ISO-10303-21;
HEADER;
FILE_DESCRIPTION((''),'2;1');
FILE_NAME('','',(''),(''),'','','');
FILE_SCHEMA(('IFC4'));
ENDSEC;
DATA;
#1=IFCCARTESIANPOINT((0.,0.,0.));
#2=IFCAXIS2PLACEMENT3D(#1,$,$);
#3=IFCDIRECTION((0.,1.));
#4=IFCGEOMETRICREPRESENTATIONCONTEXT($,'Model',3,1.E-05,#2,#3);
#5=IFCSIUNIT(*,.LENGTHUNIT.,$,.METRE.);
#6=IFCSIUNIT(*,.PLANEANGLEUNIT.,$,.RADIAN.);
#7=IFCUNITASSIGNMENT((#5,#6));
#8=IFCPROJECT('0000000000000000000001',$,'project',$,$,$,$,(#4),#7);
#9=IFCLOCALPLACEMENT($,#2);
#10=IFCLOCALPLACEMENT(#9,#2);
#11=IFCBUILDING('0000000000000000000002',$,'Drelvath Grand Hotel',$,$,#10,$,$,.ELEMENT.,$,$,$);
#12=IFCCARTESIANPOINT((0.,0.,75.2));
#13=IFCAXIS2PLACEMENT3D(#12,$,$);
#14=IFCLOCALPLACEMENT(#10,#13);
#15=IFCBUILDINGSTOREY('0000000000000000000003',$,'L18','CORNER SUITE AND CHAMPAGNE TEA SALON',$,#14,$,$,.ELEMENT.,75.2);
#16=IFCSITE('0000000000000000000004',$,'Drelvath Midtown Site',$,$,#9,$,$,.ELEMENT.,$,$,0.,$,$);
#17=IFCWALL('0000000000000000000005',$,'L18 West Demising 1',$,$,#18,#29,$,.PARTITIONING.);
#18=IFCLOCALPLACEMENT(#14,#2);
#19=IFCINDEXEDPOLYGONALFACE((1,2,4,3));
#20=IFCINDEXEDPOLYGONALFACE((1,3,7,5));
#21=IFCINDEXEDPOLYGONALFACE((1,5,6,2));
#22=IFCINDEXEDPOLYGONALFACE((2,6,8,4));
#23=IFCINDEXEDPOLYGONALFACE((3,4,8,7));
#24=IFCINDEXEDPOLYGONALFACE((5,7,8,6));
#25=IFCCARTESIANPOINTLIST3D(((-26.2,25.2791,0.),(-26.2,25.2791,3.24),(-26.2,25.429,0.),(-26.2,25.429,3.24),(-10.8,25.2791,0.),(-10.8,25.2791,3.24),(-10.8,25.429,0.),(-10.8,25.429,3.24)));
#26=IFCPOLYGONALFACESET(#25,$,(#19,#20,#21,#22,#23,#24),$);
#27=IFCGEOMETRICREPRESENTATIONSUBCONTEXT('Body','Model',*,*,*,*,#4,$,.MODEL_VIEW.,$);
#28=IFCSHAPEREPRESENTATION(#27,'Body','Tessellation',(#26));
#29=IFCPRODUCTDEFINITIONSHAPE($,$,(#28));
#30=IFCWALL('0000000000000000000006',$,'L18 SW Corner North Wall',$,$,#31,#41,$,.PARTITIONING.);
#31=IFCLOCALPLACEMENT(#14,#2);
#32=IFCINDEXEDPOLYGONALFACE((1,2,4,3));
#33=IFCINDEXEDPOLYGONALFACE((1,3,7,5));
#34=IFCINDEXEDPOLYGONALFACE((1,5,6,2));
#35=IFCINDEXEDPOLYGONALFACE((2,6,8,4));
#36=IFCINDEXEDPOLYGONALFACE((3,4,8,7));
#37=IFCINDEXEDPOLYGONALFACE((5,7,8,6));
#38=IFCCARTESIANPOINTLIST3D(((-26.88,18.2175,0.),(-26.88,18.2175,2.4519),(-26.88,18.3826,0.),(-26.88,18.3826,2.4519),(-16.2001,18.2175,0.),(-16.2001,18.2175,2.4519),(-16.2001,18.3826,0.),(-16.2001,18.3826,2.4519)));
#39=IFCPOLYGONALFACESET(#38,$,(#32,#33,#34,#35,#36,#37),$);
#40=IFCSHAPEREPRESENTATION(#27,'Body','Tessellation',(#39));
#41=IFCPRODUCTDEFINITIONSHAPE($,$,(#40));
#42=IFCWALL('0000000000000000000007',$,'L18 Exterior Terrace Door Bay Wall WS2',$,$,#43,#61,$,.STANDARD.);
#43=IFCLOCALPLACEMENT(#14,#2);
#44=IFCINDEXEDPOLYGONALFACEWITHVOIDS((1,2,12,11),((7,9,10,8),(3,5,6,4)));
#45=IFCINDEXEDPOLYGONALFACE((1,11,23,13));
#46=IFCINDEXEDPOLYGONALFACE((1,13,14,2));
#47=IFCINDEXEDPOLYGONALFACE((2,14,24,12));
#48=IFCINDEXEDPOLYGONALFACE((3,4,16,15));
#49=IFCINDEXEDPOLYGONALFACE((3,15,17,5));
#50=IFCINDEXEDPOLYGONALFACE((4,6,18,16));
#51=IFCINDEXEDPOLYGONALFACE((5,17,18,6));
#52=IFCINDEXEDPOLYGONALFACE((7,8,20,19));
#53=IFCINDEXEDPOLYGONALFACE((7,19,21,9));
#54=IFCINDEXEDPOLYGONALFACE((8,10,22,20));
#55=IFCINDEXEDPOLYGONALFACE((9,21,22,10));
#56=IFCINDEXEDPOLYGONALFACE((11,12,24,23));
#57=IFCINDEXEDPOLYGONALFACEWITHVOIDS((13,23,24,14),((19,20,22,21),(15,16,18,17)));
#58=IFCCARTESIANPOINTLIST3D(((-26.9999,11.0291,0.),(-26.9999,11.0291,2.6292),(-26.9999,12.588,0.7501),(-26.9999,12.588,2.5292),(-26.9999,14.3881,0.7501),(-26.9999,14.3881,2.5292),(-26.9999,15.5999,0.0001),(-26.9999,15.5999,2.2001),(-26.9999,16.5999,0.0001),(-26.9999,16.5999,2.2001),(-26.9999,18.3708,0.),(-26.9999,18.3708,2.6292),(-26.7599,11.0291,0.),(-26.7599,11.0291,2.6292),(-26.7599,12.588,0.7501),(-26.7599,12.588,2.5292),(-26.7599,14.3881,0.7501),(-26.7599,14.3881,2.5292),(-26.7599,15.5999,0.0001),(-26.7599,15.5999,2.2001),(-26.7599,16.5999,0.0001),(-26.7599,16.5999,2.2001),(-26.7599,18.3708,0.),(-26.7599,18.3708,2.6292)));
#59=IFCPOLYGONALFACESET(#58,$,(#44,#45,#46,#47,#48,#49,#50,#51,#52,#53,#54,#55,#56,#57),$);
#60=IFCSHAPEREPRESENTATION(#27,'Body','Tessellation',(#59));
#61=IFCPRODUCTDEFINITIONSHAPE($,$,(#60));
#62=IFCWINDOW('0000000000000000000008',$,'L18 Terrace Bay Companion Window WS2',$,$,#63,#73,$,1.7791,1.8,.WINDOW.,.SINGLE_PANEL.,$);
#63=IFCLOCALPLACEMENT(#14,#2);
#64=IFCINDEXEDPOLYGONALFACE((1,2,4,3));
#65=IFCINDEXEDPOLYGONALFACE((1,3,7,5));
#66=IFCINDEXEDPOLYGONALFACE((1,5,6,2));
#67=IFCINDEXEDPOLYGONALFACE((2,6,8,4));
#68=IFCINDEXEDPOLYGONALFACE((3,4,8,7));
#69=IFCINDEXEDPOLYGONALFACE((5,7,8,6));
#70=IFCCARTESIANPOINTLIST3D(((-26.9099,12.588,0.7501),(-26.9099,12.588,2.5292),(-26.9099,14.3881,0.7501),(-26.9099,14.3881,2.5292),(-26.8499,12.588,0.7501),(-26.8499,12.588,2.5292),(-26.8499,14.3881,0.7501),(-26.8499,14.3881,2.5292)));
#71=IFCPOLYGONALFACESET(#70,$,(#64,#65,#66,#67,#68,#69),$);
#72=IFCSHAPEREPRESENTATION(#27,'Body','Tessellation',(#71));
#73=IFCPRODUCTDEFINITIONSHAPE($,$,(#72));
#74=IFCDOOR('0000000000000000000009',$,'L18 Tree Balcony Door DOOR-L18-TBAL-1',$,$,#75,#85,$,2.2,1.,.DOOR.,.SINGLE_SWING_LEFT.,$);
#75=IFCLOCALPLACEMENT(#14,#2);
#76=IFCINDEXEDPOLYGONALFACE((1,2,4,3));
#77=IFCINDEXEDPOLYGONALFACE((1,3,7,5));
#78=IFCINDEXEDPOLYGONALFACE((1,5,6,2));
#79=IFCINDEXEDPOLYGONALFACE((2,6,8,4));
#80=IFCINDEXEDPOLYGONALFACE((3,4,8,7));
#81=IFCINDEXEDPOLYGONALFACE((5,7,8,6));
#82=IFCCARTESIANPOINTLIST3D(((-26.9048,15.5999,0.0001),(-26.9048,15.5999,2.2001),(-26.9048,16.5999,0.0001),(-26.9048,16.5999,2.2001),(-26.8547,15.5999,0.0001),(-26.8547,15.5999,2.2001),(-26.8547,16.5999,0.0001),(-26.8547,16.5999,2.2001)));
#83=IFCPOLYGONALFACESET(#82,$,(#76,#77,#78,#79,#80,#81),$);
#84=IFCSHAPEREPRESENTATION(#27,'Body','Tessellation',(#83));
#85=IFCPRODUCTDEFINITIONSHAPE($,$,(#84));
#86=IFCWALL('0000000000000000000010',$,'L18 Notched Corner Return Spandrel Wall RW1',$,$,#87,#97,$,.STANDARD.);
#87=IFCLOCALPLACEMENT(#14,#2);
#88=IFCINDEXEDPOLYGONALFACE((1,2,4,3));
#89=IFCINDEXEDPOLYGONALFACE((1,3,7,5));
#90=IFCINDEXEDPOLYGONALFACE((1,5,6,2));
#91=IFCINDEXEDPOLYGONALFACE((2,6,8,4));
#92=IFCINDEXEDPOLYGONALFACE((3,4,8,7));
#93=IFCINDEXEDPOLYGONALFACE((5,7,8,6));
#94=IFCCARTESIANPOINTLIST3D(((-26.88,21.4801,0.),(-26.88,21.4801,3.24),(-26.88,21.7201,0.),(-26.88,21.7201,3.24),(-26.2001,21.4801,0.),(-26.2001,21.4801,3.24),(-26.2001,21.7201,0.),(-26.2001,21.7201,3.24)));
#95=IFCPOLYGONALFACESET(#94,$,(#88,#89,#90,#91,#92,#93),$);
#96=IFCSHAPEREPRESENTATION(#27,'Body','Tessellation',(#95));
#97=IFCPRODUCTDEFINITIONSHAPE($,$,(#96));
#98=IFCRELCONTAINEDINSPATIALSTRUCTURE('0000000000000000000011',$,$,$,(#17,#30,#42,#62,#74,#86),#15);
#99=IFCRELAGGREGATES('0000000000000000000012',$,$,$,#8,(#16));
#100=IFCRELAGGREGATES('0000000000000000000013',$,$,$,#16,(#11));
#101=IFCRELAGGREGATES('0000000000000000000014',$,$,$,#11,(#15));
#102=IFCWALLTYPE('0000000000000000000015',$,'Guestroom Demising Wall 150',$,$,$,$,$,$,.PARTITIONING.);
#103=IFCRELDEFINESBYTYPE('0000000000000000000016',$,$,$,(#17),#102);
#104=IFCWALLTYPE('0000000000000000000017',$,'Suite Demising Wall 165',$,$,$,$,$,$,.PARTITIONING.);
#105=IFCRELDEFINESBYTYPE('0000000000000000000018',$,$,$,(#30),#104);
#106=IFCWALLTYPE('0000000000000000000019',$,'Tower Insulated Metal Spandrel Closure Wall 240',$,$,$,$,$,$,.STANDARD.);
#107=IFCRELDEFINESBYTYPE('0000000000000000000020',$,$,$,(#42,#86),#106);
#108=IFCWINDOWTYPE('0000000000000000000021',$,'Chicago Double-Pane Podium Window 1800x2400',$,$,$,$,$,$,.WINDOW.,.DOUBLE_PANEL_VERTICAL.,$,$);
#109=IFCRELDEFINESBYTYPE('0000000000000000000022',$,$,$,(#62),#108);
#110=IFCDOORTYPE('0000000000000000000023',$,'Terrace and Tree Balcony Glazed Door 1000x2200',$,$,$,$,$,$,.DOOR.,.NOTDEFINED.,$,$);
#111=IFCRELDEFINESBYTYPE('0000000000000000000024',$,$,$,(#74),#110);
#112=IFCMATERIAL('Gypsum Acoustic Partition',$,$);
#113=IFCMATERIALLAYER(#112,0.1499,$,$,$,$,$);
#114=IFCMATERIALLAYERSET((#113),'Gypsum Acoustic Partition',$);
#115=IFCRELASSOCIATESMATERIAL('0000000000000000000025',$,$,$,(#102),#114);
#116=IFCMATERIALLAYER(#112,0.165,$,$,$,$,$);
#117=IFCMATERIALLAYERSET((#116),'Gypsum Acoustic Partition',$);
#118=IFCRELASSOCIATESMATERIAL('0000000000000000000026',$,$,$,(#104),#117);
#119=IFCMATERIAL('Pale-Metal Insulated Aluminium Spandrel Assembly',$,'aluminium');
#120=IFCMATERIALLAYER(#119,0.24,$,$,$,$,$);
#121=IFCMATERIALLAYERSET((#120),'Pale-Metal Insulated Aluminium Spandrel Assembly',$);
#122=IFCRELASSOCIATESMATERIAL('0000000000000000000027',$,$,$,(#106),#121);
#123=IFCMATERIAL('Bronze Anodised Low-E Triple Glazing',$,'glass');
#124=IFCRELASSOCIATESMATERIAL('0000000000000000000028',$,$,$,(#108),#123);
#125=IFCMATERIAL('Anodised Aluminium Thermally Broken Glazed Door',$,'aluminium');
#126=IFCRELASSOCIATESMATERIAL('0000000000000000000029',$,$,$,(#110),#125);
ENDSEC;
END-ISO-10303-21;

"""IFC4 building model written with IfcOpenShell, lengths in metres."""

from ifc_helpers import new_model, si_unit, direction, frame, frame_2d, origin, place, context, subcontext, project, spatial, rectangle, extrude, material, layer, layer_set, type_object, element, fill, save


model = new_model("IFC4")

# Units and contexts
model_context = context("Model", 3, precision=1e-05, world=origin(), true_north=direction((0.0, 1.0)))
body_context = subcontext(model_context, "Body", "Model", "MODEL_VIEW")
ifc_project = project(units=[si_unit("LENGTHUNIT", "METRE"), si_unit("PLANEANGLEUNIT", "RADIAN")], contexts=[model_context])

# Site, building, storey
site_placement = place(None, origin())
site = spatial("IfcSite", under=ifc_project, at=site_placement, Name="Drelvath Midtown Site", CompositionType="ELEMENT", RefElevation=0.0)
building_placement = place(site_placement, origin())
building = spatial("IfcBuilding", under=site, at=building_placement, Name="Drelvath Grand Hotel", CompositionType="ELEMENT")
storey_placement = place(building_placement, frame((0.0, 0.0, 75.2)))
storey = spatial("IfcBuildingStorey", under=building, at=storey_placement, Name="L18", Description="CORNER SUITE AND CHAMPAGNE TEA SALON", CompositionType="ELEMENT", Elevation=75.2)

# Walls
ifc_material_1 = material(Name="Gypsum Acoustic Partition")
ifc_layer_1 = layer(ifc_material_1, 0.1499)
ifc_layer_set_1 = layer_set([ifc_layer_1], Name="Gypsum Acoustic Partition")
wall_type_1 = type_object("IfcWallType", Name="Guestroom Demising Wall 150", PredefinedType="PARTITIONING", material=ifc_layer_set_1)
wall_1_placement = place(storey_placement, frame((-26.2, 25.354, 0.0), z_axis=(0.0, 0.0, 1.0), x_axis=(1.0, 0.0, 0.0)))
element("IfcWall", 1, at=wall_1_placement, inside=storey, type_object=wall_type_1, Name="L18 West Demising 1", PredefinedType="PARTITIONING", context=body_context, shape_type="SweptSolid", body=[
    extrude(rectangle(XDim=15.3999, YDim=0.1499, at=frame_2d((7.7, 0.0))), origin(), (0.0, 0.0, 1.0), 3.24),
])
ifc_layer_2 = layer(ifc_material_1, 0.165)
ifc_layer_set_2 = layer_set([ifc_layer_2], Name="Gypsum Acoustic Partition")
wall_type_2 = type_object("IfcWallType", Name="Suite Demising Wall 165", PredefinedType="PARTITIONING", material=ifc_layer_set_2)
wall_2_placement = place(storey_placement, frame((-26.8799, 18.3, 0.0), z_axis=(0.0, 0.0, 1.0), x_axis=(1.0, 0.0, 0.0)))
element("IfcWall", 2, at=wall_2_placement, inside=storey, type_object=wall_type_2, Name="L18 SW Corner North Wall", PredefinedType="PARTITIONING", context=body_context, shape_type="SweptSolid", body=[
    extrude(rectangle(XDim=10.6799, YDim=0.165, at=frame_2d((5.3398, 0.0))), origin(), (0.0, 0.0, 1.0), 2.4519),
])

# Wall, openings, window, door
ifc_material_2 = material(Name="Pale-Metal Insulated Aluminium Spandrel Assembly", Category="aluminium")
ifc_layer_3 = layer(ifc_material_2, 0.24)
ifc_layer_set_3 = layer_set([ifc_layer_3], Name="Pale-Metal Insulated Aluminium Spandrel Assembly")
wall_type_3 = type_object("IfcWallType", Name="Tower Insulated Metal Spandrel Closure Wall 240", PredefinedType="STANDARD", material=ifc_layer_set_3)
wall_3_placement = place(storey_placement, frame((-26.8799, 11.0291, 0.0), z_axis=(0.0, 0.0, 1.0), x_axis=(0.0, 1.0, 0.0)))
wall_3 = element("IfcWall", 3, at=wall_3_placement, inside=storey, type_object=wall_type_3, Name="L18 Exterior Terrace Door Bay Wall WS2", PredefinedType="STANDARD", context=body_context, shape_type="SweptSolid", body=[
    extrude(rectangle(XDim=7.3418, YDim=0.24, at=frame_2d((3.6709, 0.0))), origin(), (0.0, 0.0, 1.0), 2.6292),
])
opening_1_placement = place(wall_3_placement, frame((4.5708, 0.0, 0.0)))
opening_1 = element("IfcOpeningElement", 4, at=opening_1_placement, cuts=wall_3, PredefinedType="OPENING", context=body_context, shape_type="SweptSolid", body=[
    extrude(rectangle(XDim=1.0, YDim=2.2, at=frame_2d((0.5, 1.1001))), frame((0.0, 0.1299, 0.0), z_axis=(0.0, -1.0, 0.0), x_axis=(1.0, 0.0, 0.0)), (0.0, 0.0, 1.0), 0.26),
])
opening_2_placement = place(wall_3_placement, frame((1.5591, 0.0, 0.75)))
opening_2 = element("IfcOpeningElement", 5, at=opening_2_placement, cuts=wall_3, PredefinedType="OPENING", context=body_context, shape_type="SweptSolid", body=[
    extrude(rectangle(XDim=1.8, YDim=1.7791, at=frame_2d((0.8999, 0.8896))), frame((0.0, 0.1299, 0.0), z_axis=(0.0, -1.0, 0.0), x_axis=(1.0, 0.0, 0.0)), (0.0, 0.0, 1.0), 0.26),
])
ifc_material_3 = material(Name="Bronze Anodised Low-E Triple Glazing", Category="glass")
window_type = type_object("IfcWindowType", Name="Chicago Double-Pane Podium Window 1800x2400", PartitioningType="DOUBLE_PANEL_VERTICAL", PredefinedType="WINDOW", material=ifc_material_3)
window_placement = place(opening_2_placement, origin())
window = element("IfcWindow", 6, at=window_placement, inside=storey, type_object=window_type, Name="L18 Terrace Bay Companion Window WS2", OverallHeight=1.7791, OverallWidth=1.8, PartitioningType="SINGLE_PANEL", PredefinedType="WINDOW", context=body_context, shape_type="SweptSolid", body=[
    extrude(rectangle(XDim=1.8, YDim=1.7791, at=frame_2d((0.8999, 0.8896))), frame((0.0, 0.03, 0.0), z_axis=(0.0, -1.0, 0.0), x_axis=(1.0, 0.0, 0.0)), (0.0, 0.0, 1.0), 0.0601),
])
fill(opening_2, window)
ifc_material_4 = material(Name="Anodised Aluminium Thermally Broken Glazed Door", Category="aluminium")
door_type_1 = type_object("IfcDoorType", Name="Terrace and Tree Balcony Glazed Door 1000x2200", OperationType="NOTDEFINED", PredefinedType="DOOR", material=ifc_material_4)
door_1_placement = place(opening_1_placement, origin())
door_1 = element("IfcDoor", 7, at=door_1_placement, inside=storey, type_object=door_type_1, Name="L18 Tree Balcony Door DOOR-L18-TBAL-1", OperationType="SINGLE_SWING_LEFT", OverallHeight=2.2, OverallWidth=1.0, PredefinedType="DOOR", context=body_context, shape_type="SweptSolid", body=[
    extrude(rectangle(XDim=1.0, YDim=2.2, at=frame_2d((0.5, 1.1001))), frame((0.0, 0.0249, 0.0), z_axis=(0.0, -1.0, 0.0), x_axis=(1.0, 0.0, 0.0)), (0.0, 0.0, 1.0), 0.05),
])
fill(opening_1, door_1)

# Wall
wall_4_placement = place(storey_placement, frame((-26.8799, 21.6001, 0.0), z_axis=(0.0, 0.0, 1.0), x_axis=(1.0, 0.0, 0.0)))
element("IfcWall", 8, at=wall_4_placement, inside=storey, type_object=wall_type_3, Name="L18 Notched Corner Return Spandrel Wall RW1", PredefinedType="STANDARD", context=body_context, shape_type="SweptSolid", body=[
    extrude(rectangle(XDim=0.6799, YDim=0.24, at=frame_2d((0.3398, 0.0))), origin(), (0.0, 0.0, 1.0), 3.24),
])

save(model, "model.ifc")
